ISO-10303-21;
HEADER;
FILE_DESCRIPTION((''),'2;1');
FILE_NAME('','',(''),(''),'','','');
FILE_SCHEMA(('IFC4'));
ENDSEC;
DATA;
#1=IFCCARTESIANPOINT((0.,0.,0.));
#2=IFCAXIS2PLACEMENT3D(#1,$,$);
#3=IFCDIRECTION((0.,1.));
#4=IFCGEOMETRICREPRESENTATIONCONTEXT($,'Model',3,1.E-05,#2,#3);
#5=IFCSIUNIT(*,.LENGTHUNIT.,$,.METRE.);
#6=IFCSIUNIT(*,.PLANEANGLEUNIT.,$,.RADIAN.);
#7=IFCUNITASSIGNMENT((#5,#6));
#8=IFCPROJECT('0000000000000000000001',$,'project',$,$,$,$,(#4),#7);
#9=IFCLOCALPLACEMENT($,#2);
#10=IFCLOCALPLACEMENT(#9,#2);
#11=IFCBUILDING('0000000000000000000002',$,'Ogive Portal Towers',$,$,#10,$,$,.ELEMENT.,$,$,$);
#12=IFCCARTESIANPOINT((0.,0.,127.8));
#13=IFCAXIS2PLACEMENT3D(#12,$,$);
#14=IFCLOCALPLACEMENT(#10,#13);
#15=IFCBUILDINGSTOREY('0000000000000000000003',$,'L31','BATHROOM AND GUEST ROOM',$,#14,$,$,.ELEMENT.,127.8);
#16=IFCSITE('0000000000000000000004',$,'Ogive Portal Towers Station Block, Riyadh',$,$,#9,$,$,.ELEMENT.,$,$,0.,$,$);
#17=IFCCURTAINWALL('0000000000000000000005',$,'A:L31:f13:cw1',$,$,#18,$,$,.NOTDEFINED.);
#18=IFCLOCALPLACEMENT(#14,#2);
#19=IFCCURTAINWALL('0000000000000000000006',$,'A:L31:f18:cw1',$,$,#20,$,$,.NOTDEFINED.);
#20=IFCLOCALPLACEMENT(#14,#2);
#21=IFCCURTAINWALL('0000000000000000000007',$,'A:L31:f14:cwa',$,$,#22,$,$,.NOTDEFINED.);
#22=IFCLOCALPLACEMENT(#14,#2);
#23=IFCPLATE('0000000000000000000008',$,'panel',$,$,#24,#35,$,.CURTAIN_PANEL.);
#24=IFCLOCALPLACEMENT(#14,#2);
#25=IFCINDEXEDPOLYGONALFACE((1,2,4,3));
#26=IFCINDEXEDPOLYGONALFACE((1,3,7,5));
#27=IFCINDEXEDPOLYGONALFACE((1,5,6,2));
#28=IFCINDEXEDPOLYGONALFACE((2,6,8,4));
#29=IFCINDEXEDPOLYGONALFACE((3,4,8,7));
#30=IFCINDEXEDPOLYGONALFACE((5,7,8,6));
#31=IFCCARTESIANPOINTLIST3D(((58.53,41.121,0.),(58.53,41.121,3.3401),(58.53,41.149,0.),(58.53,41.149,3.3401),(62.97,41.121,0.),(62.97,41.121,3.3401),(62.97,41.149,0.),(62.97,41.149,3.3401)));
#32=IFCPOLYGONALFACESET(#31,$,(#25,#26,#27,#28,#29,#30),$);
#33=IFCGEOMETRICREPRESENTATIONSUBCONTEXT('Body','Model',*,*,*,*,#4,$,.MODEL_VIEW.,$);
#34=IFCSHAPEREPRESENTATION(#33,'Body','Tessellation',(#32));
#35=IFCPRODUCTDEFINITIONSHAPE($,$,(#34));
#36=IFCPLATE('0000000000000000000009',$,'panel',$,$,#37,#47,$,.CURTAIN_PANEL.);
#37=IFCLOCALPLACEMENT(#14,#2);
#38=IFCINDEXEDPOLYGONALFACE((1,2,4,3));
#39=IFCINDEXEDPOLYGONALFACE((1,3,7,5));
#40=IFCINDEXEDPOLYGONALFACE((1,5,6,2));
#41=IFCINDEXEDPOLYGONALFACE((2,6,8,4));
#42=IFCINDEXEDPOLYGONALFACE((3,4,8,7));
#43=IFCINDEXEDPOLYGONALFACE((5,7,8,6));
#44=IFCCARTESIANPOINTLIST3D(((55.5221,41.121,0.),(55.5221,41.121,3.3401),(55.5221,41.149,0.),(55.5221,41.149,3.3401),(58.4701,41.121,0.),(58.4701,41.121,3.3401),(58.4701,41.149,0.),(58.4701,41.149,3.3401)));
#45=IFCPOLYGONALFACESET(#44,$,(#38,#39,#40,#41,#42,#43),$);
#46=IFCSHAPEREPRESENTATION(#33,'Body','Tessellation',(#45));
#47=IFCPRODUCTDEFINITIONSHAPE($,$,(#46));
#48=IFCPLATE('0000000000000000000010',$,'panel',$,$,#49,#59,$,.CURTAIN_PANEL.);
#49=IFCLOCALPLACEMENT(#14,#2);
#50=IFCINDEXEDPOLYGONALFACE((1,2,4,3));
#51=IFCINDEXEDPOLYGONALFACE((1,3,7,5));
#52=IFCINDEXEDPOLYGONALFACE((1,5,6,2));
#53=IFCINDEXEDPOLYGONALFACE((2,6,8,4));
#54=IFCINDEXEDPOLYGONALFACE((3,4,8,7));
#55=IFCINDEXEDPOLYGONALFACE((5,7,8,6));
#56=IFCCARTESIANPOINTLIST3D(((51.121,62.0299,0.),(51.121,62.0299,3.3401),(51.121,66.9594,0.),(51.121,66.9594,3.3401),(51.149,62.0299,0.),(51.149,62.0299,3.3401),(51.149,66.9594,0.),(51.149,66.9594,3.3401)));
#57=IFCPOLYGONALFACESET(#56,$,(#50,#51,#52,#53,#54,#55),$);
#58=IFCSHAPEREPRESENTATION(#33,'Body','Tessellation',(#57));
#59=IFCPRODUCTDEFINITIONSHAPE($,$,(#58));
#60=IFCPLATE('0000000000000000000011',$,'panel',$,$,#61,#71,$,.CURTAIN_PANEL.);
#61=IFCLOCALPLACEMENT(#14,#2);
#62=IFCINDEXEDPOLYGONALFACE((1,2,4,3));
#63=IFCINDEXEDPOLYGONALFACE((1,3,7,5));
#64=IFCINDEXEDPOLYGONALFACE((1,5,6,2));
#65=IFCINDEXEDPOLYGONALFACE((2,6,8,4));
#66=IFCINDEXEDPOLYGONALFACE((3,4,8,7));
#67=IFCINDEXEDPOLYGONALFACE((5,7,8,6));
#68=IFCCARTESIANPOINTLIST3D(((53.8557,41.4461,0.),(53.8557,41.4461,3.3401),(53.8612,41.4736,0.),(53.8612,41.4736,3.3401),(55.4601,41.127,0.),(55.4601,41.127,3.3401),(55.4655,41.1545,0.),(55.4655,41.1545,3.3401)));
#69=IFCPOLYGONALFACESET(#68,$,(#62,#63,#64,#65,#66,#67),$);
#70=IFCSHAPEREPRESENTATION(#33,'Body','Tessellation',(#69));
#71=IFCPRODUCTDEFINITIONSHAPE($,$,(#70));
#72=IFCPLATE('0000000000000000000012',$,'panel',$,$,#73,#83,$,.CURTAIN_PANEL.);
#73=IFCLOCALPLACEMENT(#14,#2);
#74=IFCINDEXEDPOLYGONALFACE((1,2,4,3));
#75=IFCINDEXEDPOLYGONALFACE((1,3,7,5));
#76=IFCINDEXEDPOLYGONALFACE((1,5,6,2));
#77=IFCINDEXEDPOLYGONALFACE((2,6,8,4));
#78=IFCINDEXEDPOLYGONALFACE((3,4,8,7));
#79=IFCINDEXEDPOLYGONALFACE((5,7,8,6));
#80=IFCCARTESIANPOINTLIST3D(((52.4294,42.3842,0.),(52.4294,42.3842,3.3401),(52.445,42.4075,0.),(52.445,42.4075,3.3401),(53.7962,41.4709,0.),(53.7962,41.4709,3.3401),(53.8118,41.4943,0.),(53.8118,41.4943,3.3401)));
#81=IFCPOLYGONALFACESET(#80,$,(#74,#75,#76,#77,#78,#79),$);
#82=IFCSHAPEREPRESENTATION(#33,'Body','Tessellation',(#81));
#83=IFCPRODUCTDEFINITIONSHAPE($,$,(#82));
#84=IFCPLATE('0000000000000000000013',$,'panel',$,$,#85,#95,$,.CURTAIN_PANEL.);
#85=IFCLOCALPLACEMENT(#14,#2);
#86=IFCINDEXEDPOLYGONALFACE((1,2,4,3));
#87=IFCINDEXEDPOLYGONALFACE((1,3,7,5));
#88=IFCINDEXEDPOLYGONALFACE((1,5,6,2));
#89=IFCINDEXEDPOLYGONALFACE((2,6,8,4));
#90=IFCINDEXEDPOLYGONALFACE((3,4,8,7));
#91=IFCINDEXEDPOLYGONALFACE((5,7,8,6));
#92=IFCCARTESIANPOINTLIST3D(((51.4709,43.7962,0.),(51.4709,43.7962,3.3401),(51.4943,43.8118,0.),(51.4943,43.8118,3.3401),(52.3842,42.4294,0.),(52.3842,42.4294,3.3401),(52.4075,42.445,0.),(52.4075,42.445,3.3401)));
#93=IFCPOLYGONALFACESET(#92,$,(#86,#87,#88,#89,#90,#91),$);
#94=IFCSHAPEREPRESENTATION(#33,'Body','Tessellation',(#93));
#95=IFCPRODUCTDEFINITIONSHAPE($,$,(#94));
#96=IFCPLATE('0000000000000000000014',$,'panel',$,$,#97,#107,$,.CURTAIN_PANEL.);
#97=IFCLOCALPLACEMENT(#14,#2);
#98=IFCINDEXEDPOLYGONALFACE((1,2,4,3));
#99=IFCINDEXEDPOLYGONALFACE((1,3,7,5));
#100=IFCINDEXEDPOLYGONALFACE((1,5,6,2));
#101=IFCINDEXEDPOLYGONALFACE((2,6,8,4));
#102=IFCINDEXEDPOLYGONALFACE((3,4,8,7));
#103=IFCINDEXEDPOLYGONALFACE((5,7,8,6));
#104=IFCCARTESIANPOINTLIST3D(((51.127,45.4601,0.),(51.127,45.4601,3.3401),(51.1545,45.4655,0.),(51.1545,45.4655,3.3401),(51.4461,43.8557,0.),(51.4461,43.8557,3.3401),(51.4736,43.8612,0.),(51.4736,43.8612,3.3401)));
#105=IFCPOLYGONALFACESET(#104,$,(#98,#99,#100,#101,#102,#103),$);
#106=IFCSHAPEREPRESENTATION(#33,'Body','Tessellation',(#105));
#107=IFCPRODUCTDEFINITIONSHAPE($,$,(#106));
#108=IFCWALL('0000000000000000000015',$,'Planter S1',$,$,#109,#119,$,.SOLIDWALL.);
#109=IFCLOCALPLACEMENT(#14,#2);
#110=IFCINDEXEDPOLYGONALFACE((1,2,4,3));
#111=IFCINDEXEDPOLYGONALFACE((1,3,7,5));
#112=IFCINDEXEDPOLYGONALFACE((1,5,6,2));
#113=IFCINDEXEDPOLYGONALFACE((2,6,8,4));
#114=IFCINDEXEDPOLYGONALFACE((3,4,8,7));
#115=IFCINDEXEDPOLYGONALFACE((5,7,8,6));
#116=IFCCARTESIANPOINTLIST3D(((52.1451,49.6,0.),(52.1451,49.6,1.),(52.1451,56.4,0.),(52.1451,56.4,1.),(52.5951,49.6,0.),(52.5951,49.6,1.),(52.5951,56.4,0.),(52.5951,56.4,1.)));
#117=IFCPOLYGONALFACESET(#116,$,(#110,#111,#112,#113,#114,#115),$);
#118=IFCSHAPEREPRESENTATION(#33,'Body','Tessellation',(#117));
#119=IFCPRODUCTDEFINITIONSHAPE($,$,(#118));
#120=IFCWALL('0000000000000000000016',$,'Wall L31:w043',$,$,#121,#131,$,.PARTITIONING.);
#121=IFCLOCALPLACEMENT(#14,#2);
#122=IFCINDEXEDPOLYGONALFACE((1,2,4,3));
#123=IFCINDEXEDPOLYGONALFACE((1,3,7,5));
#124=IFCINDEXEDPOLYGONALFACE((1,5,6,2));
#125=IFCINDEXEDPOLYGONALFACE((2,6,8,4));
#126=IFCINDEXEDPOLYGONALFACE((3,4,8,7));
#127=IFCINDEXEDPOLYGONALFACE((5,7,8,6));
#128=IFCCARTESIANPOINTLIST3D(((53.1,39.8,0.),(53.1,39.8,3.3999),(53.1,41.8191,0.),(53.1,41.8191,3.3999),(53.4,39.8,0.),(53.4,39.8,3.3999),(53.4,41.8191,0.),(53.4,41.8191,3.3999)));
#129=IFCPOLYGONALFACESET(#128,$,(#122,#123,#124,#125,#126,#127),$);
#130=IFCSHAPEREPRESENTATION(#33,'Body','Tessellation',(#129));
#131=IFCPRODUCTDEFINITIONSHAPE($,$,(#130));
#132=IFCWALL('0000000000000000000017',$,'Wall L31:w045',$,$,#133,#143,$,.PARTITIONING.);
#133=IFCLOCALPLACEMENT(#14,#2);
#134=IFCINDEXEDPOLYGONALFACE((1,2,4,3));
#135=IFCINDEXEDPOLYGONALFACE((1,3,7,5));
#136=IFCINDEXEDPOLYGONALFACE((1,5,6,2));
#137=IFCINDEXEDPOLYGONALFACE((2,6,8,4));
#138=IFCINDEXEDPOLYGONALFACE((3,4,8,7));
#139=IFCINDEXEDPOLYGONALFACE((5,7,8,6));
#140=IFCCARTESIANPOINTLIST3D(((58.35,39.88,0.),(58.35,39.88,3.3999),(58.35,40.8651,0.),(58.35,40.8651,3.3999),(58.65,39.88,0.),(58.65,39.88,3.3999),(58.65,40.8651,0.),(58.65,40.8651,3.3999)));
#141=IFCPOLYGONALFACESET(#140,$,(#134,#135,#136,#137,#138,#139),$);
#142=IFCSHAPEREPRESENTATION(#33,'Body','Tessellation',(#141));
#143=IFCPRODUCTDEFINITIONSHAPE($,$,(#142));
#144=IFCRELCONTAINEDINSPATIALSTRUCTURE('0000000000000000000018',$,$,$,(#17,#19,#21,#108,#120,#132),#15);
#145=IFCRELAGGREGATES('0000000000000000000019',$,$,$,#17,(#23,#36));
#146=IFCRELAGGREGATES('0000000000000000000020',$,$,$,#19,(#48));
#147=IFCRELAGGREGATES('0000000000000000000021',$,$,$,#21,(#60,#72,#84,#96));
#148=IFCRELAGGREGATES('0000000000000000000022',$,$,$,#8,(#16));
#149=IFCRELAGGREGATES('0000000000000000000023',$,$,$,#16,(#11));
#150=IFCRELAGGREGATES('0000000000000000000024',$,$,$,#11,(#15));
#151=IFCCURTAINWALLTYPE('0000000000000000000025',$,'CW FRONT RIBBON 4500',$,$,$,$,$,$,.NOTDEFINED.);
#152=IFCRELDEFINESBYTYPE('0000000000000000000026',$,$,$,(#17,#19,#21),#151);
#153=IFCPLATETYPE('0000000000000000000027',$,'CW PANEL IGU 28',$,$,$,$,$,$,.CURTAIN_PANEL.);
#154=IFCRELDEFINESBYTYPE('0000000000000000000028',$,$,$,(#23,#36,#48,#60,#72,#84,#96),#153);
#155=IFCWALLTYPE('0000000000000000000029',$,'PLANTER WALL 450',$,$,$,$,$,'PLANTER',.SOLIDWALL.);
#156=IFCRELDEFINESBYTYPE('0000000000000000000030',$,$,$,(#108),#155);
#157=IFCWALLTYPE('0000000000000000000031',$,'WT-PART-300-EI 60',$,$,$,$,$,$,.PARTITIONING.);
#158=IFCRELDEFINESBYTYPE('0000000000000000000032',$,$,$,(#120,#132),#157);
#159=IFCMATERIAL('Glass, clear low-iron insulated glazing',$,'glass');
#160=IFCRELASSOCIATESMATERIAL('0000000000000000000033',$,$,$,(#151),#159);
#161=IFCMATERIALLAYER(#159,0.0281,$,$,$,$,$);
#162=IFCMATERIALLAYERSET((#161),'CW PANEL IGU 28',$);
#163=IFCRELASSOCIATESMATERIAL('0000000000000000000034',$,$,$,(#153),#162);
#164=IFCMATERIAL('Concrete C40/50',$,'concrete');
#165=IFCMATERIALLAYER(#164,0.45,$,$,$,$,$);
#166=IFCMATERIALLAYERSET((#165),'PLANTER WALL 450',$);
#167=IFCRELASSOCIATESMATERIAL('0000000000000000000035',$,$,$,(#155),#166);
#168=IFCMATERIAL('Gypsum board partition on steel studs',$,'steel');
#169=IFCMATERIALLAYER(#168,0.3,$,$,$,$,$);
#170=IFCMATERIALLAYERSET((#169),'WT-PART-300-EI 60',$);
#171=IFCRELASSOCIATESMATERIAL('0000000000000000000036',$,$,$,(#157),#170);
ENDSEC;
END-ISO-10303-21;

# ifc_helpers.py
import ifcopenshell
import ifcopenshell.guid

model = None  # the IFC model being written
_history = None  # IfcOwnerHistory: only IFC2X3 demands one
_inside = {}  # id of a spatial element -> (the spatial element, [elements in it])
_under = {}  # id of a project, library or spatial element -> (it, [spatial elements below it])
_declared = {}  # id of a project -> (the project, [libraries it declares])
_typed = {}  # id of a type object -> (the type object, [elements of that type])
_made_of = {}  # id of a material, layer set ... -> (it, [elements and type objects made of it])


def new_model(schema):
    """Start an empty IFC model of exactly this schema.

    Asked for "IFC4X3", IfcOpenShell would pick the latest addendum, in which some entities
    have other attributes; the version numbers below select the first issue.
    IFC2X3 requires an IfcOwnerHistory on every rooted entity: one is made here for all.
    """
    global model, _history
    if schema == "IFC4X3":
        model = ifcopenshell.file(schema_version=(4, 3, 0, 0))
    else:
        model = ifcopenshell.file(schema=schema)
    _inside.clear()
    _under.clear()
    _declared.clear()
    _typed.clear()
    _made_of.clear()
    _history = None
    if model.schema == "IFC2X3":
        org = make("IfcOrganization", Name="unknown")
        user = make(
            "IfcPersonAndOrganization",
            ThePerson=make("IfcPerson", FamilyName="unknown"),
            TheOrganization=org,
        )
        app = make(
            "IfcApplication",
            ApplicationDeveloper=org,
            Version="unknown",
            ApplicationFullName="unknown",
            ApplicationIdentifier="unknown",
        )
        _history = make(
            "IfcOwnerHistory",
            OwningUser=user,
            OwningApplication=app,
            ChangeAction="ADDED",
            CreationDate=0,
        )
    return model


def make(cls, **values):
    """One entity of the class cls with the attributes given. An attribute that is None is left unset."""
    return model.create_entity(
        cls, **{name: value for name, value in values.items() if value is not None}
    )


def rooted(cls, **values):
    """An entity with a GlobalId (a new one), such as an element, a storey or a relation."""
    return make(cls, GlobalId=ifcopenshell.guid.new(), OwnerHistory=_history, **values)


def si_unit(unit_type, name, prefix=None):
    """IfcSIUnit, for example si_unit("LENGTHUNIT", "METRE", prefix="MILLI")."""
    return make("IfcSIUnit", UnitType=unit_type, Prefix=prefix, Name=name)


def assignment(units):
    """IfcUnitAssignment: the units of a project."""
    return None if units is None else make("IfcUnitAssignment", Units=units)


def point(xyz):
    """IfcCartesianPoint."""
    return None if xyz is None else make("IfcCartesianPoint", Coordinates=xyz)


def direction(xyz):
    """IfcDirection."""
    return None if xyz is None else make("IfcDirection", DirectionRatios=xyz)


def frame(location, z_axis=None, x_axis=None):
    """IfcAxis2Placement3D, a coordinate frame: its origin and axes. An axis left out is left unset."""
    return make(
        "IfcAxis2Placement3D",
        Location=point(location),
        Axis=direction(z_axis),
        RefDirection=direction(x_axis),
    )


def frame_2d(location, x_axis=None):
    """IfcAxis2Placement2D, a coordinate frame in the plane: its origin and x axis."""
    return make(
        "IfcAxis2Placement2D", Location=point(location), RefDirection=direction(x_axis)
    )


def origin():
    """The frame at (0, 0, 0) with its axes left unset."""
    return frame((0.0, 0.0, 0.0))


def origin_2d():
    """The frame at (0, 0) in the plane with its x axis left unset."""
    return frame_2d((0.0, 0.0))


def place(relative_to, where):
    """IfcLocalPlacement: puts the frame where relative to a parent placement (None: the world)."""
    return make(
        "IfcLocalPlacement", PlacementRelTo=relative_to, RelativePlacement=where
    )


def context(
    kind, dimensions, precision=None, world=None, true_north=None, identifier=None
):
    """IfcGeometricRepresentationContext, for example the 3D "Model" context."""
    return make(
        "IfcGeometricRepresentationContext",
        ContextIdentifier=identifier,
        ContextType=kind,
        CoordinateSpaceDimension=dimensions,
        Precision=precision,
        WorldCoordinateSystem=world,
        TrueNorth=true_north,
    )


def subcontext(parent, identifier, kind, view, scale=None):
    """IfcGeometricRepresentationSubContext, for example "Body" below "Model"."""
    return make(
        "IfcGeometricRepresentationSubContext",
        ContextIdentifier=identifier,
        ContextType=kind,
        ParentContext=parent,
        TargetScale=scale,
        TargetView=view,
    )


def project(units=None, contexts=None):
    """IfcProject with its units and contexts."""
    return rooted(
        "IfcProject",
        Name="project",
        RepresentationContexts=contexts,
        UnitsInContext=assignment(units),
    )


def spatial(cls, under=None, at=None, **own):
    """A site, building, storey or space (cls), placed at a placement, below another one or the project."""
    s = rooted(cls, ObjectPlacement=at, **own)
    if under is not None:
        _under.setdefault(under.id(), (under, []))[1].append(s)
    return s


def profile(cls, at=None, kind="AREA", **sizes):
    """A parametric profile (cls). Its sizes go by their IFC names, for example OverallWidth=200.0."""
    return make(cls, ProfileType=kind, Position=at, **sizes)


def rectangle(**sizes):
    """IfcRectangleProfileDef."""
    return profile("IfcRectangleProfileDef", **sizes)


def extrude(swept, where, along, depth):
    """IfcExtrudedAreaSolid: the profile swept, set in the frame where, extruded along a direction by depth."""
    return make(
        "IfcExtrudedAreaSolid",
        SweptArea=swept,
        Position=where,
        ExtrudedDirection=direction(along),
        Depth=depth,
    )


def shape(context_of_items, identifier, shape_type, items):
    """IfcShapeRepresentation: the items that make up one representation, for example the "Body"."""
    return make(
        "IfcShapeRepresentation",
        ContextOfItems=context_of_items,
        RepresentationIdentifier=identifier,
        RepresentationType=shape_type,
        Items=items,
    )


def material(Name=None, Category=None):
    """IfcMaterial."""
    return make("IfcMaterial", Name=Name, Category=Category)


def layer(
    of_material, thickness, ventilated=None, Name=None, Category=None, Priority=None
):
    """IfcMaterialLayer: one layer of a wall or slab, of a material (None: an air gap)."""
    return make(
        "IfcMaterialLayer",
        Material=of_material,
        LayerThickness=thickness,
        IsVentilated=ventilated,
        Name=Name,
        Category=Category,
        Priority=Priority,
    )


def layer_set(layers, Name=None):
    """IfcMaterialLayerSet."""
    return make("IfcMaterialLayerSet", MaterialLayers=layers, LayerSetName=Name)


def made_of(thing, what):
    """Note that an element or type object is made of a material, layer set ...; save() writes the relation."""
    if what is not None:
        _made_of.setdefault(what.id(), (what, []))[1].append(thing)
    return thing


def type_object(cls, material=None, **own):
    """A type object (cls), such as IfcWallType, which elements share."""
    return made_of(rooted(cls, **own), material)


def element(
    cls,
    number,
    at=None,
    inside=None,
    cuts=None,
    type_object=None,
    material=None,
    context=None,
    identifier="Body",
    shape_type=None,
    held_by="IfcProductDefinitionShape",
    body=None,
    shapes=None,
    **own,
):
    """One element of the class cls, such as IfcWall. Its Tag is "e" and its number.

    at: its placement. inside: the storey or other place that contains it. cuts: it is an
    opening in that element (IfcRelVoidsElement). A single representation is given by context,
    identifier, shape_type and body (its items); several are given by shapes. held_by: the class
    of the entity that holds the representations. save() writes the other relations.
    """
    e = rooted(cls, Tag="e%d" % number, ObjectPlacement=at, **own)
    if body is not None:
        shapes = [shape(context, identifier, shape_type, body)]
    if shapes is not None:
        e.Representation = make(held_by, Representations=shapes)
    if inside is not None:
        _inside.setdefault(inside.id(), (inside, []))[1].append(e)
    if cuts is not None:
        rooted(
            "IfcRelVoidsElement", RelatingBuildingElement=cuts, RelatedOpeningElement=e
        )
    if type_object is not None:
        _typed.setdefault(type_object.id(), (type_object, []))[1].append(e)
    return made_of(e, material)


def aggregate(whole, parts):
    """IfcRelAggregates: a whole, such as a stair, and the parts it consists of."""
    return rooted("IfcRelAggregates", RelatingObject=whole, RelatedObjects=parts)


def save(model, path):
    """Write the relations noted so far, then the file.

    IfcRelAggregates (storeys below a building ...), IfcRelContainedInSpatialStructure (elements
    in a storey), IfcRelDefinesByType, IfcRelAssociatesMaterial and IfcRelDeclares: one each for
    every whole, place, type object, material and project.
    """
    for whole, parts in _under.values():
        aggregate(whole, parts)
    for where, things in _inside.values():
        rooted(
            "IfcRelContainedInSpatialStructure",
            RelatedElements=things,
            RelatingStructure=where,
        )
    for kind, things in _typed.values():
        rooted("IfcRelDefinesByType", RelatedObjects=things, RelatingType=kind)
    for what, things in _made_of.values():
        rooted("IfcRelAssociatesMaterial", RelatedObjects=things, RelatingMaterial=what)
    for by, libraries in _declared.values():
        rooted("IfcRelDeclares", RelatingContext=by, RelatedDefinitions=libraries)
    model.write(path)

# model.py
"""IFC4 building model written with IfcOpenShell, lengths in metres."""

from ifc_helpers import new_model, si_unit, direction, frame, frame_2d, origin, origin_2d, place, context, subcontext, project, spatial, rectangle, extrude, material, layer, layer_set, type_object, element, aggregate, save


model = new_model("IFC4")

# Units and contexts
model_context = context("Model", 3, precision=1e-05, world=origin(), true_north=direction((0.0, 1.0)))
body_context = subcontext(model_context, "Body", "Model", "MODEL_VIEW")
ifc_project = project(units=[si_unit("LENGTHUNIT", "METRE"), si_unit("PLANEANGLEUNIT", "RADIAN")], contexts=[model_context])

# Site, building, storey
site_placement = place(None, origin())
site = spatial("IfcSite", under=ifc_project, at=site_placement, Name="Ogive Portal Towers Station Block, Riyadh", CompositionType="ELEMENT", RefElevation=0.0)
building_placement = place(site_placement, origin())
building = spatial("IfcBuilding", under=site, at=building_placement, Name="Ogive Portal Towers", CompositionType="ELEMENT")
storey_placement = place(building_placement, frame((0.0, 0.0, 127.8)))
storey = spatial("IfcBuildingStorey", under=building, at=storey_placement, Name="L31", Description="BATHROOM AND GUEST ROOM", CompositionType="ELEMENT", Elevation=127.8)

# Curtain walls
ifc_material_1 = material(Name="Glass, clear low-iron insulated glazing", Category="glass")
curtain_wall_type = type_object("IfcCurtainWallType", Name="CW FRONT RIBBON 4500", PredefinedType="NOTDEFINED", material=ifc_material_1)
curtain_wall_1_placement = place(storey_placement, origin())
curtain_wall_1 = element("IfcCurtainWall", 1, at=curtain_wall_1_placement, inside=storey, type_object=curtain_wall_type, Name="A:L31:f13:cw1", PredefinedType="NOTDEFINED")
curtain_wall_2_placement = place(storey_placement, origin())
curtain_wall_2 = element("IfcCurtainWall", 2, at=curtain_wall_2_placement, inside=storey, type_object=curtain_wall_type, Name="A:L31:f18:cw1", PredefinedType="NOTDEFINED")
curtain_wall_3_placement = place(storey_placement, origin())
curtain_wall_3 = element("IfcCurtainWall", 3, at=curtain_wall_3_placement, inside=storey, type_object=curtain_wall_type, Name="A:L31:f14:cwa", PredefinedType="NOTDEFINED")

# Plates
ifc_layer_1 = layer(ifc_material_1, 0.0281)
ifc_layer_set_1 = layer_set([ifc_layer_1], Name="CW PANEL IGU 28")
plate_type = type_object("IfcPlateType", Name="CW PANEL IGU 28", PredefinedType="CURTAIN_PANEL", material=ifc_layer_set_1)
plate_1_placement = place(storey_placement, frame((60.75, 41.135, 0.0), z_axis=(0.0, 0.0, 1.0), x_axis=(-1.0, 0.0, 0.0)))
plate_1 = element("IfcPlate", 4, at=plate_1_placement, type_object=plate_type, Name="panel", PredefinedType="CURTAIN_PANEL", context=body_context, shape_type="SweptSolid", body=[
    extrude(rectangle(XDim=4.4399, YDim=0.0281, at=origin_2d()), origin(), (0.0, 0.0, 1.0), 3.3401),
])
plate_2_placement = place(storey_placement, frame((56.9961, 41.135, 0.0), z_axis=(0.0, 0.0, 1.0), x_axis=(-1.0, 0.0, 0.0)))
plate_2 = element("IfcPlate", 5, at=plate_2_placement, type_object=plate_type, Name="panel", PredefinedType="CURTAIN_PANEL", context=body_context, shape_type="SweptSolid", body=[
    extrude(rectangle(XDim=2.948, YDim=0.0281, at=origin_2d()), origin(), (0.0, 0.0, 1.0), 3.3401),
])
aggregate(curtain_wall_1, [plate_1, plate_2])
plate_3_placement = place(storey_placement, frame((51.135, 64.4946, 0.0), z_axis=(0.0, 0.0, 1.0), x_axis=(0.0, 1.0, 0.0)))
plate_3 = element("IfcPlate", 6, at=plate_3_placement, type_object=plate_type, Name="panel", PredefinedType="CURTAIN_PANEL", context=body_context, shape_type="SweptSolid", body=[
    extrude(rectangle(XDim=4.9294, YDim=0.0281, at=origin_2d()), origin(), (0.0, 0.0, 1.0), 3.3401),
])
aggregate(curtain_wall_2, [plate_3])
plate_4_placement = place(storey_placement, frame((54.6606, 41.3003, 0.0), z_axis=(0.0, 0.0, 1.0), x_axis=(-0.980785, 0.19509, 0.0)))
plate_4 = element("IfcPlate", 7, at=plate_4_placement, type_object=plate_type, Name="panel", PredefinedType="CURTAIN_PANEL", context=body_context, shape_type="SweptSolid", body=[
    extrude(rectangle(XDim=1.6357, YDim=0.0281, at=origin_2d()), origin(), (0.0, 0.0, 1.0), 3.3401),
])
plate_5_placement = place(storey_placement, frame((53.1206, 41.9392, 0.0), z_axis=(0.0, 0.0, 1.0), x_axis=(-0.83147, 0.55557, 0.0)))
plate_5 = element("IfcPlate", 8, at=plate_5_placement, type_object=plate_type, Name="panel", PredefinedType="CURTAIN_PANEL", context=body_context, shape_type="SweptSolid", body=[
    extrude(rectangle(XDim=1.6438, YDim=0.0281, at=origin_2d()), origin(), (0.0, 0.0, 1.0), 3.3401),
])
plate_6_placement = place(storey_placement, frame((51.9392, 43.1206, 0.0), z_axis=(0.0, 0.0, 1.0), x_axis=(-0.55557, 0.83147, 0.0)))
plate_6 = element("IfcPlate", 9, at=plate_6_placement, type_object=plate_type, Name="panel", PredefinedType="CURTAIN_PANEL", context=body_context, shape_type="SweptSolid", body=[
    extrude(rectangle(XDim=1.6438, YDim=0.0281, at=origin_2d()), origin(), (0.0, 0.0, 1.0), 3.3401),
])
plate_7_placement = place(storey_placement, frame((51.3003, 44.6606, 0.0), z_axis=(0.0, 0.0, 1.0), x_axis=(-0.19509, 0.980785, 0.0)))
plate_7 = element("IfcPlate", 10, at=plate_7_placement, type_object=plate_type, Name="panel", PredefinedType="CURTAIN_PANEL", context=body_context, shape_type="SweptSolid", body=[
    extrude(rectangle(XDim=1.6357, YDim=0.0281, at=origin_2d()), origin(), (0.0, 0.0, 1.0), 3.3401),
])
aggregate(curtain_wall_3, [plate_4, plate_5, plate_6, plate_7])

# Walls
ifc_material_2 = material(Name="Concrete C40/50", Category="concrete")
ifc_layer_2 = layer(ifc_material_2, 0.45)
ifc_layer_set_2 = layer_set([ifc_layer_2], Name="PLANTER WALL 450")
wall_type_1 = type_object("IfcWallType", Name="PLANTER WALL 450", ElementType="PLANTER", PredefinedType="SOLIDWALL", material=ifc_layer_set_2)
wall_1_placement = place(storey_placement, frame((52.3701, 53.0, 0.0), z_axis=(0.0, 0.0, 1.0), x_axis=(1.0, 0.0, 0.0)))
element("IfcWall", 11, at=wall_1_placement, inside=storey, type_object=wall_type_1, Name="Planter S1", PredefinedType="SOLIDWALL", context=body_context, shape_type="SweptSolid", body=[
    extrude(rectangle(XDim=0.45, YDim=6.8, at=origin_2d()), origin(), (0.0, 0.0, 1.0), 1.0),
])
ifc_material_3 = material(Name="Gypsum board partition on steel studs", Category="steel")
ifc_layer_3 = layer(ifc_material_3, 0.3)
ifc_layer_set_3 = layer_set([ifc_layer_3], Name="WT-PART-300-EI 60")
wall_type_2 = type_object("IfcWallType", Name="WT-PART-300-EI 60", PredefinedType="PARTITIONING", material=ifc_layer_set_3)
wall_2_placement = place(storey_placement, frame((53.25, 39.8, 0.0), z_axis=(0.0, 0.0, 1.0), x_axis=(0.0, 1.0, 0.0)))
element("IfcWall", 12, at=wall_2_placement, inside=storey, type_object=wall_type_2, Name="Wall L31:w043", PredefinedType="PARTITIONING", context=body_context, shape_type="SweptSolid", body=[
    extrude(rectangle(XDim=2.019, YDim=0.3, at=frame_2d((1.0095, 0.0))), origin(), (0.0, 0.0, 1.0), 3.3999),
])
wall_3_placement = place(storey_placement, frame((58.5, 39.8799, 0.0), z_axis=(0.0, 0.0, 1.0), x_axis=(0.0, 1.0, 0.0)))
element("IfcWall", 13, at=wall_3_placement, inside=storey, type_object=wall_type_2, Name="Wall L31:w045", PredefinedType="PARTITIONING", context=body_context, shape_type="SweptSolid", body=[
    extrude(rectangle(XDim=0.9851, YDim=0.3, at=frame_2d((0.4927, 0.0))), origin(), (0.0, 0.0, 1.0), 3.3999),
])

save(model, "model.ifc")
